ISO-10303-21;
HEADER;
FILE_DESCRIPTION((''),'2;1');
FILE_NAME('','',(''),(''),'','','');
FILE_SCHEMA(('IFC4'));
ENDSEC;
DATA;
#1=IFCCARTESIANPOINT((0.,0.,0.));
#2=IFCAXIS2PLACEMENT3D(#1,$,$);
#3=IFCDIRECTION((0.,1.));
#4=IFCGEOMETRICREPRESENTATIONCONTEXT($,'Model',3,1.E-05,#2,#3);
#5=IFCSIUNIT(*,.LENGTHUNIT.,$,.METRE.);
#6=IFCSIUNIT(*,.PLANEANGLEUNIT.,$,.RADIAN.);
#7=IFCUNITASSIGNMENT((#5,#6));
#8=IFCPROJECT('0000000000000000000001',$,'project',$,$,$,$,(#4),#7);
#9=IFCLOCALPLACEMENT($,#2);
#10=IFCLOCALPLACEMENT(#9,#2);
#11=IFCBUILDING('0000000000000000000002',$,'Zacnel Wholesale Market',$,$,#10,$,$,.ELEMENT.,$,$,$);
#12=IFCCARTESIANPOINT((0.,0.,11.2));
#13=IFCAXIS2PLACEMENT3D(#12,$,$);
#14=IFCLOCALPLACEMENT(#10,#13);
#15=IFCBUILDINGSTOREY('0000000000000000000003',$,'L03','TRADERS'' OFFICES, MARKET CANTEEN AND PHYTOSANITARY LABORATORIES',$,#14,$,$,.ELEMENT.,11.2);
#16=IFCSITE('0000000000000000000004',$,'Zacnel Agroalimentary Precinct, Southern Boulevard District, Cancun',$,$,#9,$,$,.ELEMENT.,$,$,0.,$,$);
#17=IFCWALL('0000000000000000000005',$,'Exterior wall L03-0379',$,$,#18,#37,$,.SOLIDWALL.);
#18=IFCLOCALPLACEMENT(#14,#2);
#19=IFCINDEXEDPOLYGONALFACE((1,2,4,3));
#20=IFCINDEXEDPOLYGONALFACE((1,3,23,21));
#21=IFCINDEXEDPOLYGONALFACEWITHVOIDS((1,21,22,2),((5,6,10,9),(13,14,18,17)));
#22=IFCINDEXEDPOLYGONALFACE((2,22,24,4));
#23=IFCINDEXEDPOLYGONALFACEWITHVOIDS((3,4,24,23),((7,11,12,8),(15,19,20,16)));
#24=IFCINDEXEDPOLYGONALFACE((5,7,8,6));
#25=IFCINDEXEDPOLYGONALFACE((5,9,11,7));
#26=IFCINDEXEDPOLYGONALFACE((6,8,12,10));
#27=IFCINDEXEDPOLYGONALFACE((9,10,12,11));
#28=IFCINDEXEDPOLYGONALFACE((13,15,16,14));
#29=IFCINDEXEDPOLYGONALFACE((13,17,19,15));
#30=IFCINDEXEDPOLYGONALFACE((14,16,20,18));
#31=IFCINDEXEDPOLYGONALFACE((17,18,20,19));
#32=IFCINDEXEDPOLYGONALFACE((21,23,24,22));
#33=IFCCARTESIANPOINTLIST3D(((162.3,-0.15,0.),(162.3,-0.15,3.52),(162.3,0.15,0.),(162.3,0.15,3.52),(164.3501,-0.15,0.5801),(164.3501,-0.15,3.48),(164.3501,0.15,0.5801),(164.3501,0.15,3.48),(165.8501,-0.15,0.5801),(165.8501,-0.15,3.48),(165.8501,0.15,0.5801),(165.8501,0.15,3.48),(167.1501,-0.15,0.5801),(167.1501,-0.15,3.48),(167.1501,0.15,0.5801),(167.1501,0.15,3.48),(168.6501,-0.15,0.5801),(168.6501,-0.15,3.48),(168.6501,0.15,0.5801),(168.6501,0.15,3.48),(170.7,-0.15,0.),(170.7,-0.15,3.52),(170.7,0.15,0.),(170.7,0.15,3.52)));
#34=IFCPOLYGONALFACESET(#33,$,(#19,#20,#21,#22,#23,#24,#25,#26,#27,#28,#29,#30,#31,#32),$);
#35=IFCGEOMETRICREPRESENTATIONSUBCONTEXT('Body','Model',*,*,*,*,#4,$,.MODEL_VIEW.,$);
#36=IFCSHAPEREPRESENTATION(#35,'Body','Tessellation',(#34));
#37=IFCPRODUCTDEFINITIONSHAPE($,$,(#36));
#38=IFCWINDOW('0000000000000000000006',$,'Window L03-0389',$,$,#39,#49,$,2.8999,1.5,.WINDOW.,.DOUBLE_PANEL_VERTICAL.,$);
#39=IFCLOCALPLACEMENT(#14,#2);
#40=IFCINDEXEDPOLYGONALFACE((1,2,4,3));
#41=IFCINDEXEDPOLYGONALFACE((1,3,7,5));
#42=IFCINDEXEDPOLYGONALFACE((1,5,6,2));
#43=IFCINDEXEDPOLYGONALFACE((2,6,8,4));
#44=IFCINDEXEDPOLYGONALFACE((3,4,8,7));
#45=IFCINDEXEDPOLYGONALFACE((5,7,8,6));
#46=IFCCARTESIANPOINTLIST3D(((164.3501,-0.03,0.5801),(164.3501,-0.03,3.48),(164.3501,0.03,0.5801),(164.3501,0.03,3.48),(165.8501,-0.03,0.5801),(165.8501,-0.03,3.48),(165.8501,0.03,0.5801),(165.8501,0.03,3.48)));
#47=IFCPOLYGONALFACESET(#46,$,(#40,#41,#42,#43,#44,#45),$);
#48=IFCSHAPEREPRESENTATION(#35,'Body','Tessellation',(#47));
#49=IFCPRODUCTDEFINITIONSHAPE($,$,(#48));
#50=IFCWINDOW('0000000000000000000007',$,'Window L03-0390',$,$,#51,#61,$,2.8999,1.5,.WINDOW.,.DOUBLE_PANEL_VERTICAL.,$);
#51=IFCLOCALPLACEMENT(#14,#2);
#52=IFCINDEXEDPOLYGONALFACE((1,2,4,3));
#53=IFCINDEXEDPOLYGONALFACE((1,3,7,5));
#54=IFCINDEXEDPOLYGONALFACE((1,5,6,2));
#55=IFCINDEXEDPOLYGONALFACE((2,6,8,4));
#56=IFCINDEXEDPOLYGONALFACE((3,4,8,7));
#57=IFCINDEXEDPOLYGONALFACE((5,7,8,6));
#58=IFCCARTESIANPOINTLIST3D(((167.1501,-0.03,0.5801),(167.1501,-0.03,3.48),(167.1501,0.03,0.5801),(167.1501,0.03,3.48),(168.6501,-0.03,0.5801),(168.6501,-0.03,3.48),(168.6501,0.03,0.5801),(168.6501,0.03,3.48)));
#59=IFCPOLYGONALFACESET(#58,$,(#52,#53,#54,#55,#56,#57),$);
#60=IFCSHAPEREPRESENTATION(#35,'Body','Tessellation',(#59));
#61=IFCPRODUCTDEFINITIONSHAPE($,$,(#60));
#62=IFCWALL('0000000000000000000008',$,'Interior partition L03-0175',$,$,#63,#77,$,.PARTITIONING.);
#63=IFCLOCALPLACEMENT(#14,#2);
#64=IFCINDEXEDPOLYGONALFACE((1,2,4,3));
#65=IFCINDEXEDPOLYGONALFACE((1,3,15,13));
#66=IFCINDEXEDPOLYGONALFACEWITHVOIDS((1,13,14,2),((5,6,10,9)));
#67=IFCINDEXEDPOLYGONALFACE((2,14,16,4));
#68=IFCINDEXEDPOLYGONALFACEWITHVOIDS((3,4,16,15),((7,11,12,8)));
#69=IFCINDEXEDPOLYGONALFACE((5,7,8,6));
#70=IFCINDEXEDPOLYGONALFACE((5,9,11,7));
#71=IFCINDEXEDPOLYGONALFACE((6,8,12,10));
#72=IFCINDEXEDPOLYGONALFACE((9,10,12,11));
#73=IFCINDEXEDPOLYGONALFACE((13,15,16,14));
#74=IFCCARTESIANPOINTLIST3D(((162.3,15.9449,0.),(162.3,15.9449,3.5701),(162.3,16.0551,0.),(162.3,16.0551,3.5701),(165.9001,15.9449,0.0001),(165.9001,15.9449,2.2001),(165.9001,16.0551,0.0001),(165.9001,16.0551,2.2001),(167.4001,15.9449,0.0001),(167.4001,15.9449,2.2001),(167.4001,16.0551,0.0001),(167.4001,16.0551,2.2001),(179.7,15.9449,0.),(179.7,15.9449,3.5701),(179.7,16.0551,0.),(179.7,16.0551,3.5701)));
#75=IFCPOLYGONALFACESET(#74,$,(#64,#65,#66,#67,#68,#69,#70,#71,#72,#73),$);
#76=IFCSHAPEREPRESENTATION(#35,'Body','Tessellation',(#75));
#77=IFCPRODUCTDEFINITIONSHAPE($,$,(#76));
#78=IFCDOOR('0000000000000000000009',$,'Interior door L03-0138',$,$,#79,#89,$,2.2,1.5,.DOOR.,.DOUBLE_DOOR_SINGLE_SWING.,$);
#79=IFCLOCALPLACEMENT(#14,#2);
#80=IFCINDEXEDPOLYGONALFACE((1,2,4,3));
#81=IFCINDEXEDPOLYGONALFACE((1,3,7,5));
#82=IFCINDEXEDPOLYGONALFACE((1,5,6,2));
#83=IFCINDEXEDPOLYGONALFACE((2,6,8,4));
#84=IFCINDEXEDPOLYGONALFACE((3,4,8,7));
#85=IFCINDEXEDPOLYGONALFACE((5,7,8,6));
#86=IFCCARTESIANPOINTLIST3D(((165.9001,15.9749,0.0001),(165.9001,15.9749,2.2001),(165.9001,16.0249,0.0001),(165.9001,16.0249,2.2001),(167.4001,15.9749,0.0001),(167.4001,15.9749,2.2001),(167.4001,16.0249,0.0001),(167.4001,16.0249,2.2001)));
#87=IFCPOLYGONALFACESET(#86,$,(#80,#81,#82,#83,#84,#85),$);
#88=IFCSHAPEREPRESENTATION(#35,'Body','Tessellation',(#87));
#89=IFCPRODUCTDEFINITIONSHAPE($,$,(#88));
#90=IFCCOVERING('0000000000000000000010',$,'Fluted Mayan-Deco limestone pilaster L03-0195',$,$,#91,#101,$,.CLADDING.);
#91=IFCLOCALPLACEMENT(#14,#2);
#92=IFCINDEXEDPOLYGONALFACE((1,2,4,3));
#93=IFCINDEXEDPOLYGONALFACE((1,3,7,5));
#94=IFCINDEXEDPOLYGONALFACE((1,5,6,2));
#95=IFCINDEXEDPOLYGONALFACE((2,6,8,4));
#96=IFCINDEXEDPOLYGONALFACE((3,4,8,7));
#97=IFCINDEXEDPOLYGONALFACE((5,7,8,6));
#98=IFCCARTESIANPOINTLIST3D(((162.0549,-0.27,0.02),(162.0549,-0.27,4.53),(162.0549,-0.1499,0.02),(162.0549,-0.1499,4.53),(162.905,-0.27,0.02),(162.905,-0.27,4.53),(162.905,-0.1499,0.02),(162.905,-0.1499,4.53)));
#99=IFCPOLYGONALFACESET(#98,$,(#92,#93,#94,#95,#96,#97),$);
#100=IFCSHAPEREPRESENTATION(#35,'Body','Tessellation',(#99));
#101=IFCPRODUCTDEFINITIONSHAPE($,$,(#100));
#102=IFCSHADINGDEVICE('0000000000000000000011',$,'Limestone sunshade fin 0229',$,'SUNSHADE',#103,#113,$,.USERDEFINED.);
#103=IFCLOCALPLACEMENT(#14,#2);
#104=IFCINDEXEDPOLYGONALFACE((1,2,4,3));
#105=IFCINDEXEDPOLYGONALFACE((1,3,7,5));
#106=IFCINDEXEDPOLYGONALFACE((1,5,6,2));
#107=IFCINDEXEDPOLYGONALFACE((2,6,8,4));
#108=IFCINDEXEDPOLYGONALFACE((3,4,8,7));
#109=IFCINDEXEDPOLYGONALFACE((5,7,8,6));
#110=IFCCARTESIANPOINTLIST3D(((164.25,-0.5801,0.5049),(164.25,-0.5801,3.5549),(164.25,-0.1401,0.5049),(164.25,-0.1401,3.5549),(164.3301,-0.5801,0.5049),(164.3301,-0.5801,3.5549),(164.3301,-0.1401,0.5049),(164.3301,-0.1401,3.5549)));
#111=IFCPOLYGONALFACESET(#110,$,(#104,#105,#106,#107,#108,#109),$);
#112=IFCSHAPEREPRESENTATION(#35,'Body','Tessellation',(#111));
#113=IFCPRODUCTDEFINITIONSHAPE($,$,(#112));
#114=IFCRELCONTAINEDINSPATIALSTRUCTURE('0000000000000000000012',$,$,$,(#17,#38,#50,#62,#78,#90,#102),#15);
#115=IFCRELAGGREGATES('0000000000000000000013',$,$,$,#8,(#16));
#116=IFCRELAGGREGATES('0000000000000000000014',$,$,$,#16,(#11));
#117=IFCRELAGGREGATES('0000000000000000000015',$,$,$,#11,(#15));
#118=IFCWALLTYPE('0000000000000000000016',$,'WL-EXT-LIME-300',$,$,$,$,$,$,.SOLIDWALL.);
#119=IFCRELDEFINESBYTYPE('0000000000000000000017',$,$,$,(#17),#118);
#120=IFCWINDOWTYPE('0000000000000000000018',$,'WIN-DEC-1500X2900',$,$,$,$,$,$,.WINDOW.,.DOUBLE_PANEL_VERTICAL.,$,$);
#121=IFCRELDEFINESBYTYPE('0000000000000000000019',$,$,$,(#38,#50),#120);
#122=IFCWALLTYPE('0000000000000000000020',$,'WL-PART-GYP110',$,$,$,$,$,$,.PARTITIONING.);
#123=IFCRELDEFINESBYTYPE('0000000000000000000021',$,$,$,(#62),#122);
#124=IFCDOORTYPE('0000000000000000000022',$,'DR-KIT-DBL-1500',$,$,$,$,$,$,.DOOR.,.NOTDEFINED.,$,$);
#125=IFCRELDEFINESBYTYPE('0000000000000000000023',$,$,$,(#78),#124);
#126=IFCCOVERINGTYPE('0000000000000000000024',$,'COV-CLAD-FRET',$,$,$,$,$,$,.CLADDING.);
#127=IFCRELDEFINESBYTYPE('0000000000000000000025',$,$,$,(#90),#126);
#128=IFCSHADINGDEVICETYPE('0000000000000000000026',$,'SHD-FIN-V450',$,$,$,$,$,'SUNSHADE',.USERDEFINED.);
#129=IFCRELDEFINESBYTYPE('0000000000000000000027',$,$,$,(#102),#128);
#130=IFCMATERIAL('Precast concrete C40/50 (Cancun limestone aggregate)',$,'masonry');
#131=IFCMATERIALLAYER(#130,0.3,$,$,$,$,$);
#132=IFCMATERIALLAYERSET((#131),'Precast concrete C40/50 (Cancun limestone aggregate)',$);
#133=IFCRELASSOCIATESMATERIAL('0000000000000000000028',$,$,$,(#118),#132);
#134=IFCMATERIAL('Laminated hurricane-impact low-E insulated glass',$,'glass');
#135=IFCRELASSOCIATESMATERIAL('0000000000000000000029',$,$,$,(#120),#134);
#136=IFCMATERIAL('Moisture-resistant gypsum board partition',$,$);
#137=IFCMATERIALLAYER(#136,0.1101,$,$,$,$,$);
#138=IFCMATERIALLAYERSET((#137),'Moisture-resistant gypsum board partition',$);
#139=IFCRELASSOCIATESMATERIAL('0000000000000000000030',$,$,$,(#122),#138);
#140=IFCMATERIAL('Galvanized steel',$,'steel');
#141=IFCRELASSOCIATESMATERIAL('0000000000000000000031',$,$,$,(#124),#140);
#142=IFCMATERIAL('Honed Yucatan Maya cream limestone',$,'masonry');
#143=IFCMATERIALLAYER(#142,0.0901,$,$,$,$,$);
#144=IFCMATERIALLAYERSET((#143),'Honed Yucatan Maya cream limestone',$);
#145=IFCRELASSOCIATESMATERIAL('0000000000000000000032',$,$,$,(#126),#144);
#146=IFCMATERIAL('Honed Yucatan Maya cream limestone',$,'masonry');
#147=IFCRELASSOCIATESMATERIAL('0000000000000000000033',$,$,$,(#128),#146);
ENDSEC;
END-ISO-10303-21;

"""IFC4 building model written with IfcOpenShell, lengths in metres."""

from ifc_helpers import new_model, si_unit, direction, frame, frame_2d, origin, origin_2d, place, context, subcontext, project, spatial, rectangle, extrude, material, layer, layer_set, type_object, element, fill, save


model = new_model("IFC4")

# Units and contexts
model_context = context("Model", 3, precision=1e-05, world=origin(), true_north=direction((0.0, 1.0)))
body_context = subcontext(model_context, "Body", "Model", "MODEL_VIEW")
ifc_project = project(units=[si_unit("LENGTHUNIT", "METRE"), si_unit("PLANEANGLEUNIT", "RADIAN")], contexts=[model_context])

# Site, building, storey
site_placement = place(None, origin())
site = spatial("IfcSite", under=ifc_project, at=site_placement, Name="Zacnel Agroalimentary Precinct, Southern Boulevard District, Cancun", CompositionType="ELEMENT", RefElevation=0.0)
building_placement = place(site_placement, origin())
building = spatial("IfcBuilding", under=site, at=building_placement, Name="Zacnel Wholesale Market", CompositionType="ELEMENT")
storey_placement = place(building_placement, frame((0.0, 0.0, 11.2)))
storey = spatial("IfcBuildingStorey", under=building, at=storey_placement, Name="L03", Description="TRADERS' OFFICES, MARKET CANTEEN AND PHYTOSANITARY LABORATORIES", CompositionType="ELEMENT", Elevation=11.2)

# Wall, openings, windows
ifc_material_1 = material(Name="Precast concrete C40/50 (Cancun limestone aggregate)", Category="masonry")
ifc_layer_1 = layer(ifc_material_1, 0.3)
ifc_layer_set_1 = layer_set([ifc_layer_1], Name="Precast concrete C40/50 (Cancun limestone aggregate)")
wall_type_1 = type_object("IfcWallType", Name="WL-EXT-LIME-300", PredefinedType="SOLIDWALL", material=ifc_layer_set_1)
wall_1_placement = place(storey_placement, frame((162.3, 0.0, 0.0), z_axis=(0.0, 0.0, 1.0), x_axis=(1.0, 0.0, 0.0)))
wall_1 = element("IfcWall", 1, at=wall_1_placement, inside=storey, type_object=wall_type_1, Name="Exterior wall L03-0379", PredefinedType="SOLIDWALL", context=body_context, shape_type="SweptSolid", body=[
    extrude(rectangle(XDim=8.3999, YDim=0.3, at=frame_2d((4.2, 0.0))), origin(), (0.0, 0.0, 1.0), 3.52),
])
opening_1_placement = place(wall_1_placement, frame((2.05, 0.0, 0.5801)))
opening_1 = element("IfcOpeningElement", 2, at=opening_1_placement, cuts=wall_1, PredefinedType="OPENING", context=body_context, shape_type="SweptSolid", body=[
    extrude(rectangle(XDim=1.5, YDim=2.8999, at=frame_2d((0.75, 1.45))), frame((0.0, 0.1599, 0.0), z_axis=(0.0, -1.0, 0.0), x_axis=(1.0, 0.0, 0.0)), (0.0, 0.0, 1.0), 0.3201),
])
opening_2_placement = place(wall_1_placement, frame((4.8501, 0.0, 0.5801)))
opening_2 = element("IfcOpeningElement", 3, at=opening_2_placement, cuts=wall_1, PredefinedType="OPENING", context=body_context, shape_type="SweptSolid", body=[
    extrude(rectangle(XDim=1.5, YDim=2.8999, at=frame_2d((0.75, 1.45))), frame((0.0, 0.1599, 0.0), z_axis=(0.0, -1.0, 0.0), x_axis=(1.0, 0.0, 0.0)), (0.0, 0.0, 1.0), 0.3201),
])
ifc_material_2 = material(Name="Laminated hurricane-impact low-E insulated glass", Category="glass")
window_type = type_object("IfcWindowType", Name="WIN-DEC-1500X2900", PartitioningType="DOUBLE_PANEL_VERTICAL", PredefinedType="WINDOW", material=ifc_material_2)
window_1_placement = place(opening_1_placement, origin())
window_1 = element("IfcWindow", 4, at=window_1_placement, inside=storey, type_object=window_type, Name="Window L03-0389", OverallHeight=2.8999, OverallWidth=1.5, PartitioningType="DOUBLE_PANEL_VERTICAL", PredefinedType="WINDOW", context=body_context, shape_type="SweptSolid", body=[
    extrude(rectangle(XDim=1.5, YDim=2.8999, at=frame_2d((0.75, 1.45))), frame((0.0, 0.03, 0.0), z_axis=(0.0, -1.0, 0.0), x_axis=(1.0, 0.0, 0.0)), (0.0, 0.0, 1.0), 0.0601),
])
fill(opening_1, window_1)
window_2_placement = place(opening_2_placement, origin())
window_2 = element("IfcWindow", 5, at=window_2_placement, inside=storey, type_object=window_type, Name="Window L03-0390", OverallHeight=2.8999, OverallWidth=1.5, PartitioningType="DOUBLE_PANEL_VERTICAL", PredefinedType="WINDOW", context=body_context, shape_type="SweptSolid", body=[
    extrude(rectangle(XDim=1.5, YDim=2.8999, at=frame_2d((0.75, 1.45))), frame((0.0, 0.03, 0.0), z_axis=(0.0, -1.0, 0.0), x_axis=(1.0, 0.0, 0.0)), (0.0, 0.0, 1.0), 0.0601),
])
fill(opening_2, window_2)

# Wall, opening, door
ifc_material_3 = material(Name="Moisture-resistant gypsum board partition")
ifc_layer_2 = layer(ifc_material_3, 0.1101)
ifc_layer_set_2 = layer_set([ifc_layer_2], Name="Moisture-resistant gypsum board partition")
wall_type_2 = type_object("IfcWallType", Name="WL-PART-GYP110", PredefinedType="PARTITIONING", material=ifc_layer_set_2)
wall_2_placement = place(storey_placement, frame((162.3, 16.0, 0.0), z_axis=(0.0, 0.0, 1.0), x_axis=(1.0, 0.0, 0.0)))
wall_2 = element("IfcWall", 6, at=wall_2_placement, inside=storey, type_object=wall_type_2, Name="Interior partition L03-0175", PredefinedType="PARTITIONING", context=body_context, shape_type="SweptSolid", body=[
    extrude(rectangle(XDim=17.3999, YDim=0.1101, at=frame_2d((8.7, 0.0))), origin(), (0.0, 0.0, 1.0), 3.5701),
])
opening_3_placement = place(wall_2_placement, frame((3.6001, 0.0, 0.0)))
opening_3 = element("IfcOpeningElement", 7, at=opening_3_placement, cuts=wall_2, PredefinedType="OPENING", context=body_context, shape_type="SweptSolid", body=[
    extrude(rectangle(XDim=1.5, YDim=2.2, at=frame_2d((0.75, 1.1001))), frame((0.0, 0.0649, 0.0), z_axis=(0.0, -1.0, 0.0), x_axis=(1.0, 0.0, 0.0)), (0.0, 0.0, 1.0), 0.1301),
])
ifc_material_4 = material(Name="Galvanized steel", Category="steel")
door_type = type_object("IfcDoorType", Name="DR-KIT-DBL-1500", OperationType="NOTDEFINED", PredefinedType="DOOR", material=ifc_material_4)
door_placement = place(opening_3_placement, origin())
door = element("IfcDoor", 8, at=door_placement, inside=storey, type_object=door_type, Name="Interior door L03-0138", OperationType="DOUBLE_DOOR_SINGLE_SWING", OverallHeight=2.2, OverallWidth=1.5, PredefinedType="DOOR", context=body_context, shape_type="SweptSolid", body=[
    extrude(rectangle(XDim=1.5, YDim=2.2, at=frame_2d((0.75, 1.1001))), frame((0.0, 0.0249, 0.0), z_axis=(0.0, -1.0, 0.0), x_axis=(1.0, 0.0, 0.0)), (0.0, 0.0, 1.0), 0.05),
])
fill(opening_3, door)

# Covering
ifc_material_5 = material(Name="Honed Yucatan Maya cream limestone", Category="masonry")
ifc_layer_3 = layer(ifc_material_5, 0.0901)
ifc_layer_set_3 = layer_set([ifc_layer_3], Name="Honed Yucatan Maya cream limestone")
covering_type = type_object("IfcCoveringType", Name="COV-CLAD-FRET", PredefinedType="CLADDING", material=ifc_layer_set_3)
covering_placement = place(storey_placement, frame((162.48, -0.21, 0.02), z_axis=(0.0, 0.0, 1.0), x_axis=(1.0, 0.0, 0.0)))
element("IfcCovering", 9, at=covering_placement, inside=storey, type_object=covering_type, Name="Fluted Mayan-Deco limestone pilaster L03-0195", PredefinedType="CLADDING", context=body_context, shape_type="SweptSolid", body=[
    extrude(rectangle(XDim=0.8501, YDim=0.1201, at=origin_2d()), origin(), (0.0, 0.0, 1.0), 4.51),
])

# Shading device
ifc_material_6 = material(Name="Honed Yucatan Maya cream limestone", Category="masonry")
shading_device_type = type_object("IfcShadingDeviceType", Name="SHD-FIN-V450", ElementType="SUNSHADE", PredefinedType="USERDEFINED", material=ifc_material_6)
shading_device_placement = place(storey_placement, frame((164.29, -0.3601, 0.5049), z_axis=(0.0, 0.0, 1.0), x_axis=(1.0, 0.0, 0.0)))
element("IfcShadingDevice", 10, at=shading_device_placement, inside=storey, type_object=shading_device_type, Name="Limestone sunshade fin 0229", ObjectType="SUNSHADE", PredefinedType="USERDEFINED", context=body_context, shape_type="SweptSolid", body=[
    extrude(rectangle(XDim=0.0801, YDim=0.4399, at=origin_2d()), origin(), (0.0, 0.0, 1.0), 3.05),
])

save(model, "model.ifc")
